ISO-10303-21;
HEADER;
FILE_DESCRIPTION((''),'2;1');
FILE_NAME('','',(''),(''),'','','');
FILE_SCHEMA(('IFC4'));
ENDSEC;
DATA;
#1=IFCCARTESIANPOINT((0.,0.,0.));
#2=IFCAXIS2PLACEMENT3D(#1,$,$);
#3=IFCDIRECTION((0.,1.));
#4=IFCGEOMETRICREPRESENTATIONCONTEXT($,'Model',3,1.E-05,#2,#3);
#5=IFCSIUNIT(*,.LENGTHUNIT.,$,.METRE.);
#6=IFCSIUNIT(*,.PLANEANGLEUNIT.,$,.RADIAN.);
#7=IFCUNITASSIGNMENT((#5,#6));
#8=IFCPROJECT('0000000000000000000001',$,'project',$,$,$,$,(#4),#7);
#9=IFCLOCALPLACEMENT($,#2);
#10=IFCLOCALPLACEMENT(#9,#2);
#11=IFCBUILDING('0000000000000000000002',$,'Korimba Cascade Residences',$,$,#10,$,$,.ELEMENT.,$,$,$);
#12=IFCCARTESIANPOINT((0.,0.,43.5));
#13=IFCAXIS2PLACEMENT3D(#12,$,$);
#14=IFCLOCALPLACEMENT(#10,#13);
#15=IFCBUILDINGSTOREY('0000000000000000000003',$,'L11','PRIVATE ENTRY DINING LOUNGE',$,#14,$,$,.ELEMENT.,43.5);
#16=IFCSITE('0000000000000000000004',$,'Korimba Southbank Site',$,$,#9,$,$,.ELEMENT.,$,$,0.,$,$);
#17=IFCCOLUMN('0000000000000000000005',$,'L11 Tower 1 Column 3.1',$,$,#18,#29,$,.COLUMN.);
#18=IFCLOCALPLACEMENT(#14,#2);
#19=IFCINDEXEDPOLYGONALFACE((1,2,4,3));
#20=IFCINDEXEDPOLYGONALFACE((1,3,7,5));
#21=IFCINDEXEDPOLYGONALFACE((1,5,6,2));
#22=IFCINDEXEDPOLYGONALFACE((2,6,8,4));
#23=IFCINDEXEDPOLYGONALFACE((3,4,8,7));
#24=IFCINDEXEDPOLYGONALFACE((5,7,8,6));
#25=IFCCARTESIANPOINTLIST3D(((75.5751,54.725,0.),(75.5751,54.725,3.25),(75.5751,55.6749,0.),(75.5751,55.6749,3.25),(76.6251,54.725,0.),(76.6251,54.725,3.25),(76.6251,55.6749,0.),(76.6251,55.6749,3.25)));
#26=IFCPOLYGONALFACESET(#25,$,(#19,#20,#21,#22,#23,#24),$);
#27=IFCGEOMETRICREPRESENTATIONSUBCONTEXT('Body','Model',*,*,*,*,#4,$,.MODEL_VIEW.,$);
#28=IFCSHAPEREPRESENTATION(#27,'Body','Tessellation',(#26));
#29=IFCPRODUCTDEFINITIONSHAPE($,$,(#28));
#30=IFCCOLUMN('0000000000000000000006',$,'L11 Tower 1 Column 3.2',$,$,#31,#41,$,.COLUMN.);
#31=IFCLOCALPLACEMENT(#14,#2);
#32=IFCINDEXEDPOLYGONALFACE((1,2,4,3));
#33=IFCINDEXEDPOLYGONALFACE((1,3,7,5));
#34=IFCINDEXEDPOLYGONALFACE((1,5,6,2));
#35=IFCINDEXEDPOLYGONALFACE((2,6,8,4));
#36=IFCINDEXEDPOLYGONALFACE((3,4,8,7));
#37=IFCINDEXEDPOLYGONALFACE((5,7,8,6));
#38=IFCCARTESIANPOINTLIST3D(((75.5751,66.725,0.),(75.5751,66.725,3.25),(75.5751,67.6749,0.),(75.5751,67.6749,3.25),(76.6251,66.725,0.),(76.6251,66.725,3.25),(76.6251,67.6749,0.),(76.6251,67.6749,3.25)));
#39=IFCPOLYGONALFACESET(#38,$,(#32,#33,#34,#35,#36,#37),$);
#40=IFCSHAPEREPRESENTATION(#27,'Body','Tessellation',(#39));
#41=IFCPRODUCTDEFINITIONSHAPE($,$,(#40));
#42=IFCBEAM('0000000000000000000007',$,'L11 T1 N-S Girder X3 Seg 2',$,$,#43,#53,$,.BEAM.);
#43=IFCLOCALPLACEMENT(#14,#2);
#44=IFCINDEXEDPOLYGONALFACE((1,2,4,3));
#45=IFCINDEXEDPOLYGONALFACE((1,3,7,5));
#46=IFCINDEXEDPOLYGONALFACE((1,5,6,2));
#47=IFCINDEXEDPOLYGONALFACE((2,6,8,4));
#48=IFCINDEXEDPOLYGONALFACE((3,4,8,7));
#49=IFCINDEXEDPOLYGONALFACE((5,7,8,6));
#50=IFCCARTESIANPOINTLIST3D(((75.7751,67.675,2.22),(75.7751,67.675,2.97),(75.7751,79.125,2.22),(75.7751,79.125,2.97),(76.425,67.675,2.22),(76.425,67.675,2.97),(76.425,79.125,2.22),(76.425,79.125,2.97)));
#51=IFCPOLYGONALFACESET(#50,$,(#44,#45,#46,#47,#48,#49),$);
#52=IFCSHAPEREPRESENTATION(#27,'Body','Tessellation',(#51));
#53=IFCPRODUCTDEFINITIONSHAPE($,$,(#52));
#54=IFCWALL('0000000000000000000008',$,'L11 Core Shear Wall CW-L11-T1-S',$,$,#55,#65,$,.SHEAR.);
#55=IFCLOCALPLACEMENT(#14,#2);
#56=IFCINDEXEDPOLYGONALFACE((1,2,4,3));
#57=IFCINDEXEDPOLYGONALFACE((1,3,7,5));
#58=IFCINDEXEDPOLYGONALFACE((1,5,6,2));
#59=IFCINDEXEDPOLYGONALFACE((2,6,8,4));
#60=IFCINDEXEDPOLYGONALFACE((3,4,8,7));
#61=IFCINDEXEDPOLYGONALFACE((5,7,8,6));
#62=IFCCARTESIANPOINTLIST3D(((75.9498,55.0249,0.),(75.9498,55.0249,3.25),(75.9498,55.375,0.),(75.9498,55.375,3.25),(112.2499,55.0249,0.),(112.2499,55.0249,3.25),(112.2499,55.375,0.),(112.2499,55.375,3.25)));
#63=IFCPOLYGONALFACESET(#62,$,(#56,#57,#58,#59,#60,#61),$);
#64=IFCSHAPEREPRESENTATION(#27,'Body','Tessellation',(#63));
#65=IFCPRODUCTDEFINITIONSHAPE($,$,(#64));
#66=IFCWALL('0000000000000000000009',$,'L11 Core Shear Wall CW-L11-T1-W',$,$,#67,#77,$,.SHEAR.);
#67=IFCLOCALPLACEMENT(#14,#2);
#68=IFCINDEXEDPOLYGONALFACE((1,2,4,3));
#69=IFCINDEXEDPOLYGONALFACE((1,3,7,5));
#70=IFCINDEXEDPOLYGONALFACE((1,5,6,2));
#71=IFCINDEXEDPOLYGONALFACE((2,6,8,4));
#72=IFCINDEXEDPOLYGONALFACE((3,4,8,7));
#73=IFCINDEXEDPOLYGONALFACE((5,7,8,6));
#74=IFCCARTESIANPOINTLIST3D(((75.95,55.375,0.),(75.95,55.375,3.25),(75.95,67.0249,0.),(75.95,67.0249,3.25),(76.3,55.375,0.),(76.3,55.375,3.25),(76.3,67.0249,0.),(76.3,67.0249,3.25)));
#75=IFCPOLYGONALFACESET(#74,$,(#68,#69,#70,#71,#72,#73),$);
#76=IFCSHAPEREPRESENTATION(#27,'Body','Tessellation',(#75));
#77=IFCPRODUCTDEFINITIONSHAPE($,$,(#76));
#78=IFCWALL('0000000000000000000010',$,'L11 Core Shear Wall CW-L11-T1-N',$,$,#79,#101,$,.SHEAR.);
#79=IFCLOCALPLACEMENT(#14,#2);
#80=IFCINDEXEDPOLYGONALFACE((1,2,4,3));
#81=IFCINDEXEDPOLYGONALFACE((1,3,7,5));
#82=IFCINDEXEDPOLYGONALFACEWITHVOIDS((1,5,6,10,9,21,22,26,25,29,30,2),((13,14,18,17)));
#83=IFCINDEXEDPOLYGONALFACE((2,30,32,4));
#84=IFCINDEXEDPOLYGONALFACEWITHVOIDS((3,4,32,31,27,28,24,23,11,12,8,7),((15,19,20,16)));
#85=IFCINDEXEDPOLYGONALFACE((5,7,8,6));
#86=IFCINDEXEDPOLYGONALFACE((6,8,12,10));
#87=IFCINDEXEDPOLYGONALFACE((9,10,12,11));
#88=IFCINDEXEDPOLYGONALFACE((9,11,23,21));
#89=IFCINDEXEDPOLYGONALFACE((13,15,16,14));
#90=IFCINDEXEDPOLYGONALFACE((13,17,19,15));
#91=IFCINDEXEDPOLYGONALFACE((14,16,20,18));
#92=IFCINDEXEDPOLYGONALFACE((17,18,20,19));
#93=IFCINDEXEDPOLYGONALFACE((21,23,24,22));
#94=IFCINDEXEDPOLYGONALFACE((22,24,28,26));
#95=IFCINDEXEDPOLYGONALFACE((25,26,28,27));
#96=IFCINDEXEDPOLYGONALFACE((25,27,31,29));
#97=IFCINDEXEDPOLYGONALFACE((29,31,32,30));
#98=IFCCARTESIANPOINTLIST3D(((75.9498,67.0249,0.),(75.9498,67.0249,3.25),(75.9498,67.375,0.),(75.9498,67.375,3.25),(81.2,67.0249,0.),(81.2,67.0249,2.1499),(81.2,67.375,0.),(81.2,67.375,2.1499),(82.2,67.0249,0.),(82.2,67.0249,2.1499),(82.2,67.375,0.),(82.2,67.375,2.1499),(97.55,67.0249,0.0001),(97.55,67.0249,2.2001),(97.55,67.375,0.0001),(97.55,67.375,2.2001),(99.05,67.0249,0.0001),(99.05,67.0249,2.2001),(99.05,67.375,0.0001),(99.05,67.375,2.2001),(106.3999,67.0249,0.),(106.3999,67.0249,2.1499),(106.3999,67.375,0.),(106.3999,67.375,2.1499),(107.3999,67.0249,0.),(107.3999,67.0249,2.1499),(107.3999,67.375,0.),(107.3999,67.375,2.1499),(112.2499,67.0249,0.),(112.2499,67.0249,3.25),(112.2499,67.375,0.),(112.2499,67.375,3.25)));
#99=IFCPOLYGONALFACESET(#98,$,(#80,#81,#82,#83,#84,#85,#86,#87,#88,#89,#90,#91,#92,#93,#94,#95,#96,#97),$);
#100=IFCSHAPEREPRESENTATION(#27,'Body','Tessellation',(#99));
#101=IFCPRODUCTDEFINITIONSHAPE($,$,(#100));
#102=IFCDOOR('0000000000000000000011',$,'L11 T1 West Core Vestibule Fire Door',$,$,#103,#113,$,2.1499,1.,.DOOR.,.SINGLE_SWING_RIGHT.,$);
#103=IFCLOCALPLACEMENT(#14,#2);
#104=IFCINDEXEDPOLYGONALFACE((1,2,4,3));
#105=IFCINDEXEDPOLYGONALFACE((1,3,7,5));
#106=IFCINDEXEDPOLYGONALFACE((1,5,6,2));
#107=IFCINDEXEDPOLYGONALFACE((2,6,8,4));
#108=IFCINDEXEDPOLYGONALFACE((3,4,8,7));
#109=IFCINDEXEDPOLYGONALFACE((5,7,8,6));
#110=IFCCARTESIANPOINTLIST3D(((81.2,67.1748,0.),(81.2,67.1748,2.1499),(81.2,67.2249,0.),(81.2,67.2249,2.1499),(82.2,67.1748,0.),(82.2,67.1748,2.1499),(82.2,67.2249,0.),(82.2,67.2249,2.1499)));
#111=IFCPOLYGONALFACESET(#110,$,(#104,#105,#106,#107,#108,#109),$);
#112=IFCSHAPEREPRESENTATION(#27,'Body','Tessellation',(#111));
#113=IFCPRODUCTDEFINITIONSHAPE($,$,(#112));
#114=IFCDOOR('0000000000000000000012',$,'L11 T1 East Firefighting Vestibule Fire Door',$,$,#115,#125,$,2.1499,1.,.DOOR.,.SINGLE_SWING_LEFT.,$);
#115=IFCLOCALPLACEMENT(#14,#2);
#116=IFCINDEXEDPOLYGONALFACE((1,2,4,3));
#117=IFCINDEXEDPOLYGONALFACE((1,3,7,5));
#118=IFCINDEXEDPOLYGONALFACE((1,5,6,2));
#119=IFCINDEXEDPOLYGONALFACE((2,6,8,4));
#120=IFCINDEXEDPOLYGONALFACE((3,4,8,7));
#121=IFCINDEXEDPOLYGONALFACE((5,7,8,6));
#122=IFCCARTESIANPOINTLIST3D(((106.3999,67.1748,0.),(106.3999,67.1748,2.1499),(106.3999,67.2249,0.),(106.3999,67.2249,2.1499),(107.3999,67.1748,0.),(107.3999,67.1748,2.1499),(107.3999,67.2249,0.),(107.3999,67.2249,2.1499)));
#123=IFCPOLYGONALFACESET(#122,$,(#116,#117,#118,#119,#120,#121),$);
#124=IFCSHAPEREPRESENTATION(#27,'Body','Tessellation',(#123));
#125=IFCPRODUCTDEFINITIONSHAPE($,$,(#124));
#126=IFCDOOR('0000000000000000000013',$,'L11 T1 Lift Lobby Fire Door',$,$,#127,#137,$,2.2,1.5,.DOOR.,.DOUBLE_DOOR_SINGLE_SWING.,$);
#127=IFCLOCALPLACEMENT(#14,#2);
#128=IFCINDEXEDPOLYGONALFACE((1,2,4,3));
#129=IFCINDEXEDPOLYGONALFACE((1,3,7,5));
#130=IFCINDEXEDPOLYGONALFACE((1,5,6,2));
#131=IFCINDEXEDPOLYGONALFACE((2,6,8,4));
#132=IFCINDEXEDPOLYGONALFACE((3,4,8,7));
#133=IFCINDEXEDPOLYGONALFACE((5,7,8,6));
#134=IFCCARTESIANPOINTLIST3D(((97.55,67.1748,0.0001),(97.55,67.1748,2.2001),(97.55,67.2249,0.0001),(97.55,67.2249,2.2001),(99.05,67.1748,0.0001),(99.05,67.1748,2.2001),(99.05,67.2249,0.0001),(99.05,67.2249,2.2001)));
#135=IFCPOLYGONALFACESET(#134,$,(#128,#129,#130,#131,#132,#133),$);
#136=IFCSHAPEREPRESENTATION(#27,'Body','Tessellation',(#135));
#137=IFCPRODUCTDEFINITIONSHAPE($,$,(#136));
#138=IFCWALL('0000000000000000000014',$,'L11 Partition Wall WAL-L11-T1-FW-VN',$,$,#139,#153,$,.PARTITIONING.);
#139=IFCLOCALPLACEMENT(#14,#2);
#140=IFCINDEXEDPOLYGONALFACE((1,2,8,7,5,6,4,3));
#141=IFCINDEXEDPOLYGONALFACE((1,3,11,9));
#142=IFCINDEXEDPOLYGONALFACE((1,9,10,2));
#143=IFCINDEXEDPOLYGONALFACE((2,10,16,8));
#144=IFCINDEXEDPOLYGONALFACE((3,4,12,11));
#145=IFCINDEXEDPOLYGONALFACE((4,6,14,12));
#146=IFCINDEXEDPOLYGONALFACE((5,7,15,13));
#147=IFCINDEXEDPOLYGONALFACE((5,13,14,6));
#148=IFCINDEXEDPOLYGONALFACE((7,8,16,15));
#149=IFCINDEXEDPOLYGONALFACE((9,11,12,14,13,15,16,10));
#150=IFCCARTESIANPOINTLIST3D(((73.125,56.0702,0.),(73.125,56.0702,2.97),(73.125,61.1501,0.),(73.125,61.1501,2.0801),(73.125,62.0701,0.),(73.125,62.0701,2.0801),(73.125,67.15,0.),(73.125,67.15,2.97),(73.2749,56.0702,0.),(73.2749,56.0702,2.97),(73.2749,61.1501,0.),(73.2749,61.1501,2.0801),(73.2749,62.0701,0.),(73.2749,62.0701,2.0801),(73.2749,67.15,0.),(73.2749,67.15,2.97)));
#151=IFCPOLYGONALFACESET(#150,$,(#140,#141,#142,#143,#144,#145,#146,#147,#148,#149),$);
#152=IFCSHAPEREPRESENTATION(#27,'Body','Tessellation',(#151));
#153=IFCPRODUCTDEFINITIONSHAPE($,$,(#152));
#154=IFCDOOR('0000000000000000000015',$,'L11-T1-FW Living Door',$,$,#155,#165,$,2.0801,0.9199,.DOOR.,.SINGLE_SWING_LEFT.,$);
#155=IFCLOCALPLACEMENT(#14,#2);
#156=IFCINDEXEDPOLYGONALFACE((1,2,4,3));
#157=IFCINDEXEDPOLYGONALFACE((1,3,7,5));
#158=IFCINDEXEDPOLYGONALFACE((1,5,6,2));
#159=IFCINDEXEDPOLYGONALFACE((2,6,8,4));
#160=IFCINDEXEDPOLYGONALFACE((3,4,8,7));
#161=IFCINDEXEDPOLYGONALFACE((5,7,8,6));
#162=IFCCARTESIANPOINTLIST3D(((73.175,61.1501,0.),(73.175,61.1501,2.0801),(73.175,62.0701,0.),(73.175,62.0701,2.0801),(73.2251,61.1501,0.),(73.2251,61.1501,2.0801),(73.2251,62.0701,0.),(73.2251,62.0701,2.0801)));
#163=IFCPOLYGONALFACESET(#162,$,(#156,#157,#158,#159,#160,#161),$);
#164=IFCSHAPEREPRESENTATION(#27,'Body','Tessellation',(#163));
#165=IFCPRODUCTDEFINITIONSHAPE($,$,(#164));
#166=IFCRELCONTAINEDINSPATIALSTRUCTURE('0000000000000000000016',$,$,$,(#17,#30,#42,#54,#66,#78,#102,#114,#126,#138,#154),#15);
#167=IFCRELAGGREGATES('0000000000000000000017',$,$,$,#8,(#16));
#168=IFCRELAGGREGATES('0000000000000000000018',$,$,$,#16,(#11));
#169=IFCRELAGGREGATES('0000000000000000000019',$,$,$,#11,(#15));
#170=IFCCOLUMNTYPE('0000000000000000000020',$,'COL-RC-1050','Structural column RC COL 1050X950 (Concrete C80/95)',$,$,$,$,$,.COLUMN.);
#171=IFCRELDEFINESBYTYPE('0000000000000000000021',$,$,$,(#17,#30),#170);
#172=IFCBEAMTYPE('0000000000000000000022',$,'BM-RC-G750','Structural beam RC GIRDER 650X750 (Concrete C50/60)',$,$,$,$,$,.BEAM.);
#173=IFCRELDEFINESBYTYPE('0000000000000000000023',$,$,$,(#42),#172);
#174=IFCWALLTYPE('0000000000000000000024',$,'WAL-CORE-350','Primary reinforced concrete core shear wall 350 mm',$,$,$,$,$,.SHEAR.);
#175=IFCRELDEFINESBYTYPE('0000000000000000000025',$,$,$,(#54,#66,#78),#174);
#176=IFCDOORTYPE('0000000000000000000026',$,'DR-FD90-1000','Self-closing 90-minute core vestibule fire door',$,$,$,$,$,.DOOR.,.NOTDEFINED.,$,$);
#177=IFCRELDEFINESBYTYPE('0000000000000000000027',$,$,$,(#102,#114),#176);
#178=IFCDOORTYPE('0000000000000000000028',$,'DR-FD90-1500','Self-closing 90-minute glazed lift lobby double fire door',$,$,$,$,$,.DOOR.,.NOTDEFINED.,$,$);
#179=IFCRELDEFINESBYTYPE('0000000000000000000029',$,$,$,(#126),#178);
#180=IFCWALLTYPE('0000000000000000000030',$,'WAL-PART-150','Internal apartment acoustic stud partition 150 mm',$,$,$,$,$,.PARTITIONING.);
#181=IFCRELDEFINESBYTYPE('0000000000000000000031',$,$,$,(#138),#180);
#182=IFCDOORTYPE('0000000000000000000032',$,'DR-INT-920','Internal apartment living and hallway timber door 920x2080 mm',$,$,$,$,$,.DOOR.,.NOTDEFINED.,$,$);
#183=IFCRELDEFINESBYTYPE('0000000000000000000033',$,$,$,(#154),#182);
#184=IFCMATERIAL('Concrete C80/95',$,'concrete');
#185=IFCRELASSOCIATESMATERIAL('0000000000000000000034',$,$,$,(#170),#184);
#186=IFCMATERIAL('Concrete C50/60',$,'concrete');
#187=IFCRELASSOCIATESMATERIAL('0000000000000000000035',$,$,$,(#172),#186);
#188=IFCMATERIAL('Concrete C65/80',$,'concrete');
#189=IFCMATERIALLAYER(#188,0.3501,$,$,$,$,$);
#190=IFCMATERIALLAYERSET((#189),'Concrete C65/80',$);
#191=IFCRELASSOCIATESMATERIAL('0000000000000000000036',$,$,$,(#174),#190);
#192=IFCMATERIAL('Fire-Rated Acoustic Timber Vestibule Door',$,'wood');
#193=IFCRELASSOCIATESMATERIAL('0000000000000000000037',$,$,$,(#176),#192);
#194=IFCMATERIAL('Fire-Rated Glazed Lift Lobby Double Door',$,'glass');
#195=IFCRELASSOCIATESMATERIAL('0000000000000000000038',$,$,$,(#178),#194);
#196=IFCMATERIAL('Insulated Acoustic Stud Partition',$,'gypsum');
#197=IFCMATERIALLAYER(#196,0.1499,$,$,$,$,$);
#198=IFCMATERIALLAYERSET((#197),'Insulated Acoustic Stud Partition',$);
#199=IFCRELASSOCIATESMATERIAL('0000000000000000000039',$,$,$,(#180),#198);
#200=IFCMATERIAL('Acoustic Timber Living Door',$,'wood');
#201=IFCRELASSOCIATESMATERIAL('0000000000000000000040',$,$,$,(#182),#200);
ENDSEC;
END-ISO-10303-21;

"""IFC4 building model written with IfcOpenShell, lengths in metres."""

from ifc_helpers import new_model, si_unit, direction, frame, frame_2d, origin, origin_2d, place, context, subcontext, project, spatial, rectangle, extrude, material, layer, layer_set, material_profile, profile_set, type_object, element, fill, save


model = new_model("IFC4")

# Units and contexts
model_context = context("Model", 3, precision=1e-05, world=origin(), true_north=direction((0.0, 1.0)))
body_context = subcontext(model_context, "Body", "Model", "MODEL_VIEW")
ifc_project = project(units=[si_unit("LENGTHUNIT", "METRE"), si_unit("PLANEANGLEUNIT", "RADIAN")], contexts=[model_context])

# Site, building, storey
site_placement = place(None, origin())
site = spatial("IfcSite", under=ifc_project, at=site_placement, Name="Korimba Southbank Site", CompositionType="ELEMENT", RefElevation=0.0)
building_placement = place(site_placement, origin())
building = spatial("IfcBuilding", under=site, at=building_placement, Name="Korimba Cascade Residences", CompositionType="ELEMENT")
storey_placement = place(building_placement, frame((0.0, 0.0, 43.5)))
storey = spatial("IfcBuildingStorey", under=building, at=storey_placement, Name="L11", Description="PRIVATE ENTRY DINING LOUNGE", CompositionType="ELEMENT", Elevation=43.5)

# Columns
ifc_material_1 = material(Name="Concrete C80/95", Category="concrete")
ifc_material_profile_1 = material_profile(ifc_material_1, rectangle(XDim=1.05, YDim=0.95, at=origin_2d()), Name="Concrete C80/95")
ifc_profile_set_1 = profile_set([ifc_material_profile_1], Name="Concrete C80/95")
column_type = type_object("IfcColumnType", Name="COL-RC-1050", Description="Structural column RC COL 1050X950 (Concrete C80/95)", PredefinedType="COLUMN", material=ifc_profile_set_1)
for number, where, z_axis, x_axis, name in (
    (1, (76.1001, 55.2, 0.0), (0.0, 0.0, 1.0), (1.0, 0.0, 0.0), "L11 Tower 1 Column 3.1"),
    (2, (76.1001, 67.2, 0.0), (0.0, 0.0, 1.0), (1.0, 0.0, 0.0), "L11 Tower 1 Column 3.2"),
):
    element("IfcColumn", number, at=place(storey_placement, frame(where, z_axis=z_axis, x_axis=x_axis)), inside=storey, type_object=column_type, Name=name, PredefinedType="COLUMN", context=body_context, shape_type="SweptSolid", body=[
        extrude(rectangle(XDim=1.05, YDim=0.95, at=origin_2d()), origin(), (0.0, 0.0, 1.0), 3.25),
    ])

# Beam
ifc_material_2 = material(Name="Concrete C50/60", Category="concrete")
ifc_material_profile_2 = material_profile(ifc_material_2, rectangle(XDim=0.6499, YDim=0.75, at=origin_2d()), Name="Concrete C50/60")
ifc_profile_set_2 = profile_set([ifc_material_profile_2], Name="Concrete C50/60")
beam_type = type_object("IfcBeamType", Name="BM-RC-G750", Description="Structural beam RC GIRDER 650X750 (Concrete C50/60)", PredefinedType="BEAM", material=ifc_profile_set_2)
beam_placement = place(storey_placement, frame((76.1001, 67.675, 2.595), z_axis=(0.0, 1.0, 0.0), x_axis=(-1.0, 0.0, 0.0)))
element("IfcBeam", 3, at=beam_placement, inside=storey, type_object=beam_type, Name="L11 T1 N-S Girder X3 Seg 2", PredefinedType="BEAM", context=body_context, shape_type="SweptSolid", body=[
    extrude(rectangle(XDim=0.6499, YDim=0.75, at=origin_2d()), origin(), (0.0, 0.0, 1.0), 11.45),
])

# Walls
ifc_material_3 = material(Name="Concrete C65/80", Category="concrete")
ifc_layer_1 = layer(ifc_material_3, 0.3501)
ifc_layer_set_1 = layer_set([ifc_layer_1], Name="Concrete C65/80")
wall_type_1 = type_object("IfcWallType", Name="WAL-CORE-350", Description="Primary reinforced concrete core shear wall 350 mm", PredefinedType="SHEAR", material=ifc_layer_set_1)
wall_1_placement = place(storey_placement, frame((75.95, 55.2, 0.0), z_axis=(0.0, 0.0, 1.0), x_axis=(1.0, 0.0, 0.0)))
element("IfcWall", 4, at=wall_1_placement, inside=storey, type_object=wall_type_1, Name="L11 Core Shear Wall CW-L11-T1-S", PredefinedType="SHEAR", context=body_context, shape_type="SweptSolid", body=[
    extrude(rectangle(XDim=36.3, YDim=0.3501, at=frame_2d((18.1499, 0.0))), origin(), (0.0, 0.0, 1.0), 3.25),
])
wall_2_placement = place(storey_placement, frame((76.125, 55.375, 0.0), z_axis=(0.0, 0.0, 1.0), x_axis=(0.0, 1.0, 0.0)))
element("IfcWall", 5, at=wall_2_placement, inside=storey, type_object=wall_type_1, Name="L11 Core Shear Wall CW-L11-T1-W", PredefinedType="SHEAR", context=body_context, shape_type="SweptSolid", body=[
    extrude(rectangle(XDim=11.6499, YDim=0.3501, at=frame_2d((5.825, 0.0))), origin(), (0.0, 0.0, 1.0), 3.25),
])

# Wall, openings, doors
wall_3_placement = place(storey_placement, frame((75.95, 67.2, 0.0), z_axis=(0.0, 0.0, 1.0), x_axis=(1.0, 0.0, 0.0)))
wall_3 = element("IfcWall", 6, at=wall_3_placement, inside=storey, type_object=wall_type_1, Name="L11 Core Shear Wall CW-L11-T1-N", PredefinedType="SHEAR", context=body_context, shape_type="SweptSolid", body=[
    extrude(rectangle(XDim=36.3, YDim=0.3501, at=frame_2d((18.1499, 0.0))), origin(), (0.0, 0.0, 1.0), 3.25),
])
opening_1_placement = place(wall_3_placement, frame((5.25, 0.0, 0.0)))
opening_1 = element("IfcOpeningElement", 7, at=opening_1_placement, cuts=wall_3, PredefinedType="OPENING", context=body_context, shape_type="SweptSolid", body=[
    extrude(rectangle(XDim=1.0, YDim=2.1499, at=frame_2d((0.5, 1.075))), frame((0.0, 0.1851, 0.0), z_axis=(0.0, -1.0, 0.0), x_axis=(1.0, 0.0, 0.0)), (0.0, 0.0, 1.0), 0.3701),
])
opening_2_placement = place(wall_3_placement, frame((21.6001, 0.0, 0.0)))
opening_2 = element("IfcOpeningElement", 8, at=opening_2_placement, cuts=wall_3, PredefinedType="OPENING", context=body_context, shape_type="SweptSolid", body=[
    extrude(rectangle(XDim=1.5, YDim=2.2, at=frame_2d((0.75, 1.1001))), frame((0.0, 0.1851, 0.0), z_axis=(0.0, -1.0, 0.0), x_axis=(1.0, 0.0, 0.0)), (0.0, 0.0, 1.0), 0.3701),
])
opening_3_placement = place(wall_3_placement, frame((30.45, 0.0, 0.0)))
opening_3 = element("IfcOpeningElement", 9, at=opening_3_placement, cuts=wall_3, PredefinedType="OPENING", context=body_context, shape_type="SweptSolid", body=[
    extrude(rectangle(XDim=1.0, YDim=2.1499, at=frame_2d((0.5, 1.075))), frame((0.0, 0.1851, 0.0), z_axis=(0.0, -1.0, 0.0), x_axis=(1.0, 0.0, 0.0)), (0.0, 0.0, 1.0), 0.3701),
])
ifc_material_4 = material(Name="Fire-Rated Acoustic Timber Vestibule Door", Category="wood")
door_type_1 = type_object("IfcDoorType", Name="DR-FD90-1000", Description="Self-closing 90-minute core vestibule fire door", OperationType="NOTDEFINED", PredefinedType="DOOR", material=ifc_material_4)
door_1_placement = place(opening_1_placement, origin())
door_1 = element("IfcDoor", 10, at=door_1_placement, inside=storey, type_object=door_type_1, Name="L11 T1 West Core Vestibule Fire Door", OperationType="SINGLE_SWING_RIGHT", OverallHeight=2.1499, OverallWidth=1.0, PredefinedType="DOOR", context=body_context, shape_type="SweptSolid", body=[
    extrude(rectangle(XDim=1.0, YDim=2.1499, at=frame_2d((0.5, 1.075))), frame((0.0, 0.0249, 0.0), z_axis=(0.0, -1.0, 0.0), x_axis=(1.0, 0.0, 0.0)), (0.0, 0.0, 1.0), 0.05),
])
fill(opening_1, door_1)
door_2_placement = place(opening_3_placement, origin())
door_2 = element("IfcDoor", 11, at=door_2_placement, inside=storey, type_object=door_type_1, Name="L11 T1 East Firefighting Vestibule Fire Door", OperationType="SINGLE_SWING_LEFT", OverallHeight=2.1499, OverallWidth=1.0, PredefinedType="DOOR", context=body_context, shape_type="SweptSolid", body=[
    extrude(rectangle(XDim=1.0, YDim=2.1499, at=frame_2d((0.5, 1.075))), frame((0.0, 0.0249, 0.0), z_axis=(0.0, -1.0, 0.0), x_axis=(1.0, 0.0, 0.0)), (0.0, 0.0, 1.0), 0.05),
])
fill(opening_3, door_2)
ifc_material_5 = material(Name="Fire-Rated Glazed Lift Lobby Double Door", Category="glass")
door_type_2 = type_object("IfcDoorType", Name="DR-FD90-1500", Description="Self-closing 90-minute glazed lift lobby double fire door", OperationType="NOTDEFINED", PredefinedType="DOOR", material=ifc_material_5)
door_3_placement = place(opening_2_placement, origin())
door_3 = element("IfcDoor", 12, at=door_3_placement, inside=storey, type_object=door_type_2, Name="L11 T1 Lift Lobby Fire Door", OperationType="DOUBLE_DOOR_SINGLE_SWING", OverallHeight=2.2, OverallWidth=1.5, PredefinedType="DOOR", context=body_context, shape_type="SweptSolid", body=[
    extrude(rectangle(XDim=1.5, YDim=2.2, at=frame_2d((0.75, 1.1001))), frame((0.0, 0.0249, 0.0), z_axis=(0.0, -1.0, 0.0), x_axis=(1.0, 0.0, 0.0)), (0.0, 0.0, 1.0), 0.05),
])
fill(opening_2, door_3)

# Wall, opening, door
ifc_material_6 = material(Name="Insulated Acoustic Stud Partition", Category="gypsum")
ifc_layer_2 = layer(ifc_material_6, 0.1499)
ifc_layer_set_2 = layer_set([ifc_layer_2], Name="Insulated Acoustic Stud Partition")
wall_type_2 = type_object("IfcWallType", Name="WAL-PART-150", Description="Internal apartment acoustic stud partition 150 mm", PredefinedType="PARTITIONING", material=ifc_layer_set_2)
wall_4_placement = place(storey_placement, frame((73.2, 56.0701, 0.0), z_axis=(0.0, 0.0, 1.0), x_axis=(0.0, 1.0, 0.0)))
wall_4 = element("IfcWall", 13, at=wall_4_placement, inside=storey, type_object=wall_type_2, Name="L11 Partition Wall WAL-L11-T1-FW-VN", PredefinedType="PARTITIONING", context=body_context, shape_type="SweptSolid", body=[
    extrude(rectangle(XDim=11.0798, YDim=0.1499, at=frame_2d((5.54, 0.0))), origin(), (0.0, 0.0, 1.0), 2.97),
])
opening_4_placement = place(wall_4_placement, frame((5.0801, 0.0, 0.0)))
opening_4 = element("IfcOpeningElement", 14, at=opening_4_placement, cuts=wall_4, PredefinedType="OPENING", context=body_context, shape_type="SweptSolid", body=[
    extrude(rectangle(XDim=0.9199, YDim=2.0801, at=frame_2d((0.46, 1.04))), frame((0.0, 0.085, 0.0), z_axis=(0.0, -1.0, 0.0), x_axis=(1.0, 0.0, 0.0)), (0.0, 0.0, 1.0), 0.1699),
])
ifc_material_7 = material(Name="Acoustic Timber Living Door", Category="wood")
door_type_3 = type_object("IfcDoorType", Name="DR-INT-920", Description="Internal apartment living and hallway timber door 920x2080 mm", OperationType="NOTDEFINED", PredefinedType="DOOR", material=ifc_material_7)
door_4_placement = place(opening_4_placement, origin())
door_4 = element("IfcDoor", 15, at=door_4_placement, inside=storey, type_object=door_type_3, Name="L11-T1-FW Living Door", OperationType="SINGLE_SWING_LEFT", OverallHeight=2.0801, OverallWidth=0.9199, PredefinedType="DOOR", context=body_context, shape_type="SweptSolid", body=[
    extrude(rectangle(XDim=0.9199, YDim=2.0801, at=frame_2d((0.46, 1.04))), frame((0.0, 0.0249, 0.0), z_axis=(0.0, -1.0, 0.0), x_axis=(1.0, 0.0, 0.0)), (0.0, 0.0, 1.0), 0.05),
])
fill(opening_4, door_4)

save(model, "model.ifc")
